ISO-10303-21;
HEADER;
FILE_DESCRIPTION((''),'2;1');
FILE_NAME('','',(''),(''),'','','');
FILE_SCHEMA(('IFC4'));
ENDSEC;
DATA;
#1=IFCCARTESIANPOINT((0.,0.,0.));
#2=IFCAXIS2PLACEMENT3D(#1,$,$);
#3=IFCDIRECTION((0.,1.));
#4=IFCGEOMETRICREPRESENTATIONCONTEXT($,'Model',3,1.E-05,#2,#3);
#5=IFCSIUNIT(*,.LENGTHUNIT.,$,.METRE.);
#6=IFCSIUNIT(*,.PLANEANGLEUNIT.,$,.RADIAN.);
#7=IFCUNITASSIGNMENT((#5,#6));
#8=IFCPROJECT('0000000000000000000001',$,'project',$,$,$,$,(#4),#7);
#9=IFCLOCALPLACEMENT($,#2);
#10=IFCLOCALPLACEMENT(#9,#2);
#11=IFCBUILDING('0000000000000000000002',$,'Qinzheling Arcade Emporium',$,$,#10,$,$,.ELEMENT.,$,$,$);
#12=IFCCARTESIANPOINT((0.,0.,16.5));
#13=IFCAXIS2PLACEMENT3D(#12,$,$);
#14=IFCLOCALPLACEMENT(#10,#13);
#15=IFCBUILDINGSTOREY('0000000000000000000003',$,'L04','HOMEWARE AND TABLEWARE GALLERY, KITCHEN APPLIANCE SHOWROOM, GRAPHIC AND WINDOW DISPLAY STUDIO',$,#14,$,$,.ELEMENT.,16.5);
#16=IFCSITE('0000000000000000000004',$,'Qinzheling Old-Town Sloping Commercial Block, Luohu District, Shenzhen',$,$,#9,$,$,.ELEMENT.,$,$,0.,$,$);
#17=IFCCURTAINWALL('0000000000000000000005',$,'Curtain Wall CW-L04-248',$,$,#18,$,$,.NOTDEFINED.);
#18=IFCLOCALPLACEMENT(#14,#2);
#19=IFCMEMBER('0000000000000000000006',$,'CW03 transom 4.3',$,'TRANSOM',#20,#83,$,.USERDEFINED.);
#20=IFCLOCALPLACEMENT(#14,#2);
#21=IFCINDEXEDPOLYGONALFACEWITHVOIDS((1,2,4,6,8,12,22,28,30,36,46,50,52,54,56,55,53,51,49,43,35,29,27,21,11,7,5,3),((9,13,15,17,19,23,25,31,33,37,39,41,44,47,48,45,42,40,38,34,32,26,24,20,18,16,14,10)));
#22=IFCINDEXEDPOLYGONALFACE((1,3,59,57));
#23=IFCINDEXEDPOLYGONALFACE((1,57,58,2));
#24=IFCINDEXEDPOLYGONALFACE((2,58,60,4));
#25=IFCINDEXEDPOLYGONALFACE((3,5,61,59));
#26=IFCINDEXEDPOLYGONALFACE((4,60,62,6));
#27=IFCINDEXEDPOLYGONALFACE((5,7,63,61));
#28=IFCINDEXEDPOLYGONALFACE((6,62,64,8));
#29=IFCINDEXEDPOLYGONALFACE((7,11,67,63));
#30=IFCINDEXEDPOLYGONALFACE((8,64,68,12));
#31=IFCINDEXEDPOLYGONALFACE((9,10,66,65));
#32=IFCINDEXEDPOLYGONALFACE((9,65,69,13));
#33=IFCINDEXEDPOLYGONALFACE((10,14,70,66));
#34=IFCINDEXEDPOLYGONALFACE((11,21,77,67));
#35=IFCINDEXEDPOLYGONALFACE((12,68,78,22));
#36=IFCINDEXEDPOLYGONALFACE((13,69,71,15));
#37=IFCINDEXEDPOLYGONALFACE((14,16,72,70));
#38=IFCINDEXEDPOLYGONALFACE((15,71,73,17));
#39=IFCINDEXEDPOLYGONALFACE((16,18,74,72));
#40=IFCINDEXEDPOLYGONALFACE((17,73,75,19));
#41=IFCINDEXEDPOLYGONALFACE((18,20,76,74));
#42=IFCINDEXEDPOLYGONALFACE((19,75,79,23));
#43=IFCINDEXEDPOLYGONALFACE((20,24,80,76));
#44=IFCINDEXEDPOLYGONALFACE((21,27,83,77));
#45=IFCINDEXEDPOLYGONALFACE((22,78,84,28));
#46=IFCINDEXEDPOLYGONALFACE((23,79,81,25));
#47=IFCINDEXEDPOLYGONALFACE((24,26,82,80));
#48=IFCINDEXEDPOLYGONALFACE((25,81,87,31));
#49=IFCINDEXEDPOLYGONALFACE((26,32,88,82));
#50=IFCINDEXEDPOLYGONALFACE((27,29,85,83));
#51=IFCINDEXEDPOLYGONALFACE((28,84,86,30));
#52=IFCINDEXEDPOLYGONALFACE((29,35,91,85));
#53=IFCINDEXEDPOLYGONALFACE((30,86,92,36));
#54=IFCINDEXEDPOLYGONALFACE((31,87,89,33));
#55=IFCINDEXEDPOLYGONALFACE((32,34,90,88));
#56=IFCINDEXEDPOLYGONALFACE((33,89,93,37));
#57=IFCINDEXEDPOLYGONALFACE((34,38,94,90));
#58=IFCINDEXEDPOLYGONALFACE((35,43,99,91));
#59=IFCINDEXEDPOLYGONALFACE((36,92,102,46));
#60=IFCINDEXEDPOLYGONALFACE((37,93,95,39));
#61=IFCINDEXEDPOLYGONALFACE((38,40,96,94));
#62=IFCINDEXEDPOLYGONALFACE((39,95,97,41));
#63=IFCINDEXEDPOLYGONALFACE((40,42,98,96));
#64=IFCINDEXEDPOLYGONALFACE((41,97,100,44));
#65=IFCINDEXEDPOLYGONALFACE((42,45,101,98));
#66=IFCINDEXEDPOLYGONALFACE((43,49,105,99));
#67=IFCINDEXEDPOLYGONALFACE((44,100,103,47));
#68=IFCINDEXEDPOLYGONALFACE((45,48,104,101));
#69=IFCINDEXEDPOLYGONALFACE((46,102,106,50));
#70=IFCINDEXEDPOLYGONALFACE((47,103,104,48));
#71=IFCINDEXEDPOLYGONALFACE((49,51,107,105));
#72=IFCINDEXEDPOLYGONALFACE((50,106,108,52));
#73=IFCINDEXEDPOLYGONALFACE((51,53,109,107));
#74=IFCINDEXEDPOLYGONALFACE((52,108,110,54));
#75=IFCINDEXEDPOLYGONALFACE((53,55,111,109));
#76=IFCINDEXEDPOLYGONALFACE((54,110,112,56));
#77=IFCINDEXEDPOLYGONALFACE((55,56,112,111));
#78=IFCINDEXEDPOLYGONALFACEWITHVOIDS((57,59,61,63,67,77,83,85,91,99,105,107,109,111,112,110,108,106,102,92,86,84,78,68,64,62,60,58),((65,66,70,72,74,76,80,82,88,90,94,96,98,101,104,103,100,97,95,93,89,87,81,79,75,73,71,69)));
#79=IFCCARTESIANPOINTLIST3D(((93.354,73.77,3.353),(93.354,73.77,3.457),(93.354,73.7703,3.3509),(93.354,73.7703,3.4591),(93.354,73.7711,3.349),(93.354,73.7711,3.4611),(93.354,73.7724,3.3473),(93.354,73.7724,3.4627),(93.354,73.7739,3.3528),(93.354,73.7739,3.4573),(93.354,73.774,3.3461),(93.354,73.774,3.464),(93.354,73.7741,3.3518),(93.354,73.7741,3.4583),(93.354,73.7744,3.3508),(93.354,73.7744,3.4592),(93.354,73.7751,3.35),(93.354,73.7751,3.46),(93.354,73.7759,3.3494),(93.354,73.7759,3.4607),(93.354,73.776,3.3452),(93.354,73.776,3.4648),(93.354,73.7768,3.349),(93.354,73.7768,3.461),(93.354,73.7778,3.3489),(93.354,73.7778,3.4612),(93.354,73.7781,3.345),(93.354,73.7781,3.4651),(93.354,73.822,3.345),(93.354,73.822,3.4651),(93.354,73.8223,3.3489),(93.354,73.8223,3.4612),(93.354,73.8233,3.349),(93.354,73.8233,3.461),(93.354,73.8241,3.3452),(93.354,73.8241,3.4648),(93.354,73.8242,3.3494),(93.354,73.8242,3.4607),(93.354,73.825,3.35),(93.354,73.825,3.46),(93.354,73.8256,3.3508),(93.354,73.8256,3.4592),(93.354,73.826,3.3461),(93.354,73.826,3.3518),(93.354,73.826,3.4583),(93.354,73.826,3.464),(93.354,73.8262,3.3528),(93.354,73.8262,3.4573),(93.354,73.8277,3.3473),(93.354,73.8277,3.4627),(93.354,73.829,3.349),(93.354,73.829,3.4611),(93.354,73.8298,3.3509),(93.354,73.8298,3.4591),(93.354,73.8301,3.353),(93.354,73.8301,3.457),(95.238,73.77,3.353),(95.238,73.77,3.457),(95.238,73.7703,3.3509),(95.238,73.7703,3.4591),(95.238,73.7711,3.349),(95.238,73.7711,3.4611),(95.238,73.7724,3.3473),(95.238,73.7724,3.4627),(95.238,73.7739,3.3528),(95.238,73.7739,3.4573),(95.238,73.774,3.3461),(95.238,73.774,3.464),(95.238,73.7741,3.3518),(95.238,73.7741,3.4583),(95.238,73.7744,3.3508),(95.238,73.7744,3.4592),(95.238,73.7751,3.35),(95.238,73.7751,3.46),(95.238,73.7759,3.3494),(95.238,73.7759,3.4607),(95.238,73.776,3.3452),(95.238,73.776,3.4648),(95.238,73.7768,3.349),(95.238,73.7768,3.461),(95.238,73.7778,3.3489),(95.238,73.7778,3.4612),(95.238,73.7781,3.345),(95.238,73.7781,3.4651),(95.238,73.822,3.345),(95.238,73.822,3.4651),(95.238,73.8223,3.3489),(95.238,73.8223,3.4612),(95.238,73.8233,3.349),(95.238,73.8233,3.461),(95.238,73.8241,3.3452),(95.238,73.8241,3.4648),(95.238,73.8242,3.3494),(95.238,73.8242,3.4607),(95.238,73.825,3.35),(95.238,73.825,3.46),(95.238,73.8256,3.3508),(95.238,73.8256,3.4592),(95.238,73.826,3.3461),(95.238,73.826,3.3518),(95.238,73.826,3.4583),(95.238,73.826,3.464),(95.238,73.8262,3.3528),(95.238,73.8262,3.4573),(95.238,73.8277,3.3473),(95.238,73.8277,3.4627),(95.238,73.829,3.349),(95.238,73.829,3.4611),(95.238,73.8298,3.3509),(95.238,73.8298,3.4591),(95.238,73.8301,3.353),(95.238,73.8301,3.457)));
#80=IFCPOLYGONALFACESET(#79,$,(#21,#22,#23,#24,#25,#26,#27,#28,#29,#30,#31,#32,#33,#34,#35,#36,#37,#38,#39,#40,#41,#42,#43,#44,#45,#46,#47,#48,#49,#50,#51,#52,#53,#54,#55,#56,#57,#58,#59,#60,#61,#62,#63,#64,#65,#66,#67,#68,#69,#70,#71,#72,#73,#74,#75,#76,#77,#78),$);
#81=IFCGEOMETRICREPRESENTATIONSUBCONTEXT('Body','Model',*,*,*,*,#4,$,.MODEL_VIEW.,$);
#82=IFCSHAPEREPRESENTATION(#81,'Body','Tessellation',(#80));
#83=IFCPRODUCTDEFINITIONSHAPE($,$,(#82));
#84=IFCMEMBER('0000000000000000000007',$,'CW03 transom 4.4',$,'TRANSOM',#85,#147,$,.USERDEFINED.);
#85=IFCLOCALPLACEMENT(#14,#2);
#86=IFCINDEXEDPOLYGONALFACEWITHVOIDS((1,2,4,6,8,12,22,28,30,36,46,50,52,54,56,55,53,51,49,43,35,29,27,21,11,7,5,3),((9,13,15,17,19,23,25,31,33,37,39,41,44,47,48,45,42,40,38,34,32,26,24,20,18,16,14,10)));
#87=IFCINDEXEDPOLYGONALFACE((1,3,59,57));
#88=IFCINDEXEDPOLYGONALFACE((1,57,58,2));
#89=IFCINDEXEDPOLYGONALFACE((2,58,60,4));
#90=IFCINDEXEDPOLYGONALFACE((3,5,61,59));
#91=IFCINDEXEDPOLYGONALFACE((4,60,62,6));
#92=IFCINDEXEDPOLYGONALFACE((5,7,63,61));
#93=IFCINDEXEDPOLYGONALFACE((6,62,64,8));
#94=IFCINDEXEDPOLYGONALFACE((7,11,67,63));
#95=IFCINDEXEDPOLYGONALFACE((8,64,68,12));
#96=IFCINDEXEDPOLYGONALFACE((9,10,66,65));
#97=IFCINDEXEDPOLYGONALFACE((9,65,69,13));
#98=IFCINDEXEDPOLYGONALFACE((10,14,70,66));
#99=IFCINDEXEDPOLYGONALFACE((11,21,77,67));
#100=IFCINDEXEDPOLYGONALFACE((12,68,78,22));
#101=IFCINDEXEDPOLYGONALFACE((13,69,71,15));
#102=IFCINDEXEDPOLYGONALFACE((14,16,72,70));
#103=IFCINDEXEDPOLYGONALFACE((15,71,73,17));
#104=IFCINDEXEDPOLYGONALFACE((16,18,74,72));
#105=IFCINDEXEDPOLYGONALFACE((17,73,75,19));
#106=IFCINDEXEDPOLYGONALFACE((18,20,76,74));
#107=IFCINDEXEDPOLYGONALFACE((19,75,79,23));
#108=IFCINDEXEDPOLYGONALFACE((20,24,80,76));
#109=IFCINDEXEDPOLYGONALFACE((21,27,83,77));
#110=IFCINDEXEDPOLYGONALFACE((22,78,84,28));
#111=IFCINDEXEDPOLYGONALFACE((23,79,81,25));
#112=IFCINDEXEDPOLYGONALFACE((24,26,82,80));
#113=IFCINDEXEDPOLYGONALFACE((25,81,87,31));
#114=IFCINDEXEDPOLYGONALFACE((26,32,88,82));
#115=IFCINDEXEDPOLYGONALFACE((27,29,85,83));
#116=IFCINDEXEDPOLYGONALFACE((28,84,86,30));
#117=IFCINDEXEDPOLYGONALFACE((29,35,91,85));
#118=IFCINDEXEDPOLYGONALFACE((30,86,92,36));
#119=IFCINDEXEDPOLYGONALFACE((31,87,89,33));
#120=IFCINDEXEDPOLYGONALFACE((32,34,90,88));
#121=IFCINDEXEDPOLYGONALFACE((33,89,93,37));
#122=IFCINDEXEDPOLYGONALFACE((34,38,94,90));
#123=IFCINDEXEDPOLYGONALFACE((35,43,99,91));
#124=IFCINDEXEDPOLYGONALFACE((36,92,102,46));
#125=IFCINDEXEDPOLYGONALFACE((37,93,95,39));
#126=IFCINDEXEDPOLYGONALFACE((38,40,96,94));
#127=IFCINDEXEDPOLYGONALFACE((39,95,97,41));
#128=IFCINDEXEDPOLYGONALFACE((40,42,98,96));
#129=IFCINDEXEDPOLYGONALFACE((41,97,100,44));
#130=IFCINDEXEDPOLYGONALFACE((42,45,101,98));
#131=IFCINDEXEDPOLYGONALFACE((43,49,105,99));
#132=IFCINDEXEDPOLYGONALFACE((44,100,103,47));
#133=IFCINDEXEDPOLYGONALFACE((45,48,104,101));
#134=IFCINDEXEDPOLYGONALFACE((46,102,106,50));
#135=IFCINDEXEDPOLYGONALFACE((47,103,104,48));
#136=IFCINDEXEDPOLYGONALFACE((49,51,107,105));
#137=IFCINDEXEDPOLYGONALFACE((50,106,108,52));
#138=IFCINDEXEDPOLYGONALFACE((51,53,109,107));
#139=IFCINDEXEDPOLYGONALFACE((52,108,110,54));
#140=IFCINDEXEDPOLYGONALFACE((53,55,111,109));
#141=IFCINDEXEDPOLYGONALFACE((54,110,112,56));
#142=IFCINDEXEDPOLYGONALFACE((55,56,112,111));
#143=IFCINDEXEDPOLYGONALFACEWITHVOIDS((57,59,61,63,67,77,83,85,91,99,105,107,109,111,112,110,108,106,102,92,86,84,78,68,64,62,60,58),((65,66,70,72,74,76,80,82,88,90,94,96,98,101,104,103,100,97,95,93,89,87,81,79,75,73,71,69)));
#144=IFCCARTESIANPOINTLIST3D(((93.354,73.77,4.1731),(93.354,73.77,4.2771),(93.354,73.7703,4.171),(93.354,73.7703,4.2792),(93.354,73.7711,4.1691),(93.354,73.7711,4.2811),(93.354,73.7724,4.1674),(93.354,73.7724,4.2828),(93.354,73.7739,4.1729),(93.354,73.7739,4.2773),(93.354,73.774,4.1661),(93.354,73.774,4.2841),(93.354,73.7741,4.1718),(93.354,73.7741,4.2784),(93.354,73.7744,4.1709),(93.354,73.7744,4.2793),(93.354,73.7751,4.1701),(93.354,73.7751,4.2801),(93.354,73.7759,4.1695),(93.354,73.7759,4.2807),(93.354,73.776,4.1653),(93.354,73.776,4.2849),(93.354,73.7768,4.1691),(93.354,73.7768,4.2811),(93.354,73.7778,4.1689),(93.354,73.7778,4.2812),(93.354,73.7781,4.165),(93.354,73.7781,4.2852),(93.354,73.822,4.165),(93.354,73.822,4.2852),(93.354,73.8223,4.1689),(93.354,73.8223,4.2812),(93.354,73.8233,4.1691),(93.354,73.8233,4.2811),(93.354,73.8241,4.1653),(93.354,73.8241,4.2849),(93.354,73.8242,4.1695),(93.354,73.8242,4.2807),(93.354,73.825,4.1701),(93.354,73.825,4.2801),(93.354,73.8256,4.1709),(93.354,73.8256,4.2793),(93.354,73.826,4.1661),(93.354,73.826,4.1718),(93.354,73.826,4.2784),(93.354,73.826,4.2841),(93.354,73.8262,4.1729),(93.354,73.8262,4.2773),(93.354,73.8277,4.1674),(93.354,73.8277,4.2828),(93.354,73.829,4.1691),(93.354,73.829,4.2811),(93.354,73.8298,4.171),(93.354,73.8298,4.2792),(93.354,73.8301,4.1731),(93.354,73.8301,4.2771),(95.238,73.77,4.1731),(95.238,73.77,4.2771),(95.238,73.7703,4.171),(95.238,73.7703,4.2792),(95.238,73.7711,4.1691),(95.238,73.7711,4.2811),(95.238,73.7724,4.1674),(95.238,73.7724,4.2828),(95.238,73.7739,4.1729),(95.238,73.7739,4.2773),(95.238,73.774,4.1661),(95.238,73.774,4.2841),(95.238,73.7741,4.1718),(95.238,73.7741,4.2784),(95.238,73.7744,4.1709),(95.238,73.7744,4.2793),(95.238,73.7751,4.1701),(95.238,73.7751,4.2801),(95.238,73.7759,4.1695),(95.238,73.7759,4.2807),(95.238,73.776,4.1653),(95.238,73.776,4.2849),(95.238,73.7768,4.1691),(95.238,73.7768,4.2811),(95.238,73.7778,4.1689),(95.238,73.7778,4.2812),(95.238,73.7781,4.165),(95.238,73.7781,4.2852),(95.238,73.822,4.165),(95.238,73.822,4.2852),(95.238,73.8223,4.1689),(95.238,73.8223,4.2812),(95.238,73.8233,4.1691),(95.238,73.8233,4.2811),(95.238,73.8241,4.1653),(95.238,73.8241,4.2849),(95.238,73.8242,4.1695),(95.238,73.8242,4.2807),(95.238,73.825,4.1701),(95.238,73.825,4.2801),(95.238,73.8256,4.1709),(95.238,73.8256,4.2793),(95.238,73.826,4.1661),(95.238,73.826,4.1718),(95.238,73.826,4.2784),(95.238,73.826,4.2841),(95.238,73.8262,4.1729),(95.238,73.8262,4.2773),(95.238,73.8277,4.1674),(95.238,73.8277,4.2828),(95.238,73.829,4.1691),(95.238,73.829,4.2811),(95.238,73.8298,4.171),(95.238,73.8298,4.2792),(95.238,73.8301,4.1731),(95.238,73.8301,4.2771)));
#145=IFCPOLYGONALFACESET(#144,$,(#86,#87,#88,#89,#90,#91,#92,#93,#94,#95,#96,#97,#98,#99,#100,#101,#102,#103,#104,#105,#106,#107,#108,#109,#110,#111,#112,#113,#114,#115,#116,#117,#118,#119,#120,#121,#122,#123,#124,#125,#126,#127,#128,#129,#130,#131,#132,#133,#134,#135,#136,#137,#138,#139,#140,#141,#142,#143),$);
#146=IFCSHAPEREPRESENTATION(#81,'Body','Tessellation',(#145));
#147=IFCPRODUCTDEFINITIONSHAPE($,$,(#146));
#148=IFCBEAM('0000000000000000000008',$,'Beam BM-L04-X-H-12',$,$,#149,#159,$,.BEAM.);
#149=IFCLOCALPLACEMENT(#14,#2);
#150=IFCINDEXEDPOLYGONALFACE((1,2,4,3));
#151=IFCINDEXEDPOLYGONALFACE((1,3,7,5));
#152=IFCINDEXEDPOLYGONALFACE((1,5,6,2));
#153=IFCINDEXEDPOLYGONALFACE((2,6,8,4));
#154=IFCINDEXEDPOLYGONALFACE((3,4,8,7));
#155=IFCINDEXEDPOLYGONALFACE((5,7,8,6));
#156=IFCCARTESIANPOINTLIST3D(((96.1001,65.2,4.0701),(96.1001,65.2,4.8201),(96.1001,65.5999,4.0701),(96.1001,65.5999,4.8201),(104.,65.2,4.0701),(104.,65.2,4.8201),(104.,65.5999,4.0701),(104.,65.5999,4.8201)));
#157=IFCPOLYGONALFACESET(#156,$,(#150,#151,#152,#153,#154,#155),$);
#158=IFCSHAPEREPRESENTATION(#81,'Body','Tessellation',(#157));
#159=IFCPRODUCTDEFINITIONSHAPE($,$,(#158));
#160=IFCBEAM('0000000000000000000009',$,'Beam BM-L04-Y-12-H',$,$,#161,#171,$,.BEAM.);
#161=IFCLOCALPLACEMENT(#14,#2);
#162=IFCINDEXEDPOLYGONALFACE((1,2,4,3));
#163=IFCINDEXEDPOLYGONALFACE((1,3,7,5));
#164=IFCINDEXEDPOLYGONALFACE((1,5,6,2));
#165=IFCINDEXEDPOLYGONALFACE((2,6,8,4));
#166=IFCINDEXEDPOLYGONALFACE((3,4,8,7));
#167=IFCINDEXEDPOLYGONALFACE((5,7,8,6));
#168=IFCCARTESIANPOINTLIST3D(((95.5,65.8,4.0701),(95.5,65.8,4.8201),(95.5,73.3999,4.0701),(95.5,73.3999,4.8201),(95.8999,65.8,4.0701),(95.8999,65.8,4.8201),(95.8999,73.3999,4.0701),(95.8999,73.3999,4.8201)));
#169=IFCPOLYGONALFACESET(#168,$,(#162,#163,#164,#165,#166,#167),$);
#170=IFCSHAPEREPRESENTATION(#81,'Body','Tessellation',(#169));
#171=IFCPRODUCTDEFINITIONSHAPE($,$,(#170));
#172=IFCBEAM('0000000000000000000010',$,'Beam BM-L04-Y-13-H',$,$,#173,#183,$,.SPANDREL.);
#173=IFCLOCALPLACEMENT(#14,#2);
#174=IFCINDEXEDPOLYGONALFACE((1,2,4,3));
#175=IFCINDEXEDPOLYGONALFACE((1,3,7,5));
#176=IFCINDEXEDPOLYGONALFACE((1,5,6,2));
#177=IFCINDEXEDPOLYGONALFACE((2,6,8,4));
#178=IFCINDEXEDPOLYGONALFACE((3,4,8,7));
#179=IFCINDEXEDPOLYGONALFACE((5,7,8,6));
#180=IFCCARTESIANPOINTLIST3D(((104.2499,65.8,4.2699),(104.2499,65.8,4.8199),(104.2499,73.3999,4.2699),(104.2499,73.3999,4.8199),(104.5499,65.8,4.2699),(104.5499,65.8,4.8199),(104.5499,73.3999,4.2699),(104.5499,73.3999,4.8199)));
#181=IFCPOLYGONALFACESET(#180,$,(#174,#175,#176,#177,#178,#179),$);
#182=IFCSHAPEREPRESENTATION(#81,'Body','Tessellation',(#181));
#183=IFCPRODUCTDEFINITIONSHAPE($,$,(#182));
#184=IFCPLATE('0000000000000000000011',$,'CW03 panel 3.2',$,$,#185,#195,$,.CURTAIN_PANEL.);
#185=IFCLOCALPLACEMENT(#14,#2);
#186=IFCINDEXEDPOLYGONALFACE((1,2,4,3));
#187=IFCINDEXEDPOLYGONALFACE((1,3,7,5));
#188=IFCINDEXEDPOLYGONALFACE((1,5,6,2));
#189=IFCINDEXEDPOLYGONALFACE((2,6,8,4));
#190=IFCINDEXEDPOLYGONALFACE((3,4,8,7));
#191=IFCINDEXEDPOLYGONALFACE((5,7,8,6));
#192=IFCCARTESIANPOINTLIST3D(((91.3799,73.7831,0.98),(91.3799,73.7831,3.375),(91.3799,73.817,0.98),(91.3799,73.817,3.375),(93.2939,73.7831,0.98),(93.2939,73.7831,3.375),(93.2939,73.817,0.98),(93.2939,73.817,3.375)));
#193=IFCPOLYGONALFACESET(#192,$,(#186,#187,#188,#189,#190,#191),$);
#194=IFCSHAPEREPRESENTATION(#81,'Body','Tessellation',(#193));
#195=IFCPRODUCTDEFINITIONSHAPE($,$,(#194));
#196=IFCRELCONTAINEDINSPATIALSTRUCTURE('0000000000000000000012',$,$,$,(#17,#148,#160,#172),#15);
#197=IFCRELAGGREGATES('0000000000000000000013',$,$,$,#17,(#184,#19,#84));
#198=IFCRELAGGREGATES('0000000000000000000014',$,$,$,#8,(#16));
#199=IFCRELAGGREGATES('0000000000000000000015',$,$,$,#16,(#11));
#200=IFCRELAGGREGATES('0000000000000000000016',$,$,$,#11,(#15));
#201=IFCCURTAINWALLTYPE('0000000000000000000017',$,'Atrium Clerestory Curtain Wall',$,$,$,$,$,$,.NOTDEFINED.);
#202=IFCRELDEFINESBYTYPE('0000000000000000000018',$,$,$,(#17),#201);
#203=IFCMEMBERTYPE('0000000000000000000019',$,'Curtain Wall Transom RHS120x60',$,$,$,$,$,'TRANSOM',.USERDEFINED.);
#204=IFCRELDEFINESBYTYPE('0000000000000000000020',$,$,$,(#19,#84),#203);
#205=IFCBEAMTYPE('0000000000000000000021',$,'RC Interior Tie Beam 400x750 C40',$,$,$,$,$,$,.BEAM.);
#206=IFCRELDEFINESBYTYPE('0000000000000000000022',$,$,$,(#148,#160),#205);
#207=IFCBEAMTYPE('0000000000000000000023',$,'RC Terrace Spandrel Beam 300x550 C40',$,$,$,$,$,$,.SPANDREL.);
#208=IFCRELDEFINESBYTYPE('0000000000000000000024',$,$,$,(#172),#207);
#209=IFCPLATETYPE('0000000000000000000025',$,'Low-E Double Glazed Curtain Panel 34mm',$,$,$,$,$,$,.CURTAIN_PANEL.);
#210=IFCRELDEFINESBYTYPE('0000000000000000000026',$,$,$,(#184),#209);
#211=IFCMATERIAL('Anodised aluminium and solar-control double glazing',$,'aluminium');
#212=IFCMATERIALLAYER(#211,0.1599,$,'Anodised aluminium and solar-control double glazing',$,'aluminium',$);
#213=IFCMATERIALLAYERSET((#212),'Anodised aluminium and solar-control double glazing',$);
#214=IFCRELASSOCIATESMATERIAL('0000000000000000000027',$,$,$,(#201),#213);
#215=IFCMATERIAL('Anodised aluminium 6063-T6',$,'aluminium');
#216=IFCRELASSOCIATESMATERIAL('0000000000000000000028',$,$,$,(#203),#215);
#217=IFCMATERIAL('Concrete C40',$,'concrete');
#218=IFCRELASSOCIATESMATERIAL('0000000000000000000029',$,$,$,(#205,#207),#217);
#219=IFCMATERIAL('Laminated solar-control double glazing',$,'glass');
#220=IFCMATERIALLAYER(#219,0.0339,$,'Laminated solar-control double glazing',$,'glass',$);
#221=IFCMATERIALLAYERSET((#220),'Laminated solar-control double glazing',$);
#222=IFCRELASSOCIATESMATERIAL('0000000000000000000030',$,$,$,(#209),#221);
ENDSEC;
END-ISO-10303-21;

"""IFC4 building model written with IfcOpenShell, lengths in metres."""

from ifc_helpers import new_model, si_unit, direction, frame, origin, origin_2d, place, context, subcontext, project, spatial, rectangle, hollow_rectangle, extrude, material, layer, layer_set, material_profile, profile_set, type_object, element, aggregate, save


model = new_model("IFC4")

# Units and contexts
model_context = context("Model", 3, precision=1e-05, world=origin(), true_north=direction((0.0, 1.0)))
body_context = subcontext(model_context, "Body", "Model", "MODEL_VIEW")
ifc_project = project(units=[si_unit("LENGTHUNIT", "METRE"), si_unit("PLANEANGLEUNIT", "RADIAN")], contexts=[model_context])

# Site, building, storey
site_placement = place(None, origin())
site = spatial("IfcSite", under=ifc_project, at=site_placement, Name="Qinzheling Old-Town Sloping Commercial Block, Luohu District, Shenzhen", CompositionType="ELEMENT", RefElevation=0.0)
building_placement = place(site_placement, origin())
building = spatial("IfcBuilding", under=site, at=building_placement, Name="Qinzheling Arcade Emporium", CompositionType="ELEMENT")
storey_placement = place(building_placement, frame((0.0, 0.0, 16.5)))
storey = spatial("IfcBuildingStorey", under=building, at=storey_placement, Name="L04", Description="HOMEWARE AND TABLEWARE GALLERY, KITCHEN APPLIANCE SHOWROOM, GRAPHIC AND WINDOW DISPLAY STUDIO", CompositionType="ELEMENT", Elevation=16.5)

# Shared definitions
ifc_material_1 = material(Name="Concrete C40", Category="concrete")

# Curtain wall
ifc_material_2 = material(Name="Anodised aluminium and solar-control double glazing", Category="aluminium")
ifc_layer_1 = layer(ifc_material_2, 0.1599, Name="Anodised aluminium and solar-control double glazing", Category="aluminium")
ifc_layer_set_1 = layer_set([ifc_layer_1], Name="Anodised aluminium and solar-control double glazing")
curtain_wall_type = type_object("IfcCurtainWallType", Name="Atrium Clerestory Curtain Wall", PredefinedType="NOTDEFINED", material=ifc_layer_set_1)
curtain_wall_1_placement = place(storey_placement, origin())
curtain_wall_1 = element("IfcCurtainWall", 1, at=curtain_wall_1_placement, inside=storey, type_object=curtain_wall_type, Name="Curtain Wall CW-L04-248", PredefinedType="NOTDEFINED")
ifc_material_3 = material(Name="Anodised aluminium 6063-T6", Category="aluminium")

# Members
ifc_material_profile_1 = material_profile(ifc_material_3, hollow_rectangle(XDim=0.0601, YDim=0.1201, WallThickness=0.0039, InnerFilletRadius=0.0039, OuterFilletRadius=0.0081, at=origin_2d()), Name="RHS 120x60x4", Category="aluminium")
ifc_profile_set_1 = profile_set([ifc_material_profile_1], Name="Anodised aluminium 6063-T6")
member_type_1 = type_object("IfcMemberType", Name="Curtain Wall Transom RHS120x60", ElementType="TRANSOM", PredefinedType="USERDEFINED", material=ifc_profile_set_1)
member_1_placement = place(storey_placement, frame((93.354, 73.8, 3.405), z_axis=(1.0, 0.0, 0.0), x_axis=(0.0, 1.0, 0.0)))
member_1 = element("IfcMember", 2, at=member_1_placement, type_object=member_type_1, Name="CW03 transom 4.3", ObjectType="TRANSOM", PredefinedType="USERDEFINED", context=body_context, shape_type="SweptSolid", body=[
    extrude(hollow_rectangle(XDim=0.0601, YDim=0.1201, WallThickness=0.0039, InnerFilletRadius=0.0039, OuterFilletRadius=0.0081, at=origin_2d()), origin(), (0.0, 0.0, 1.0), 1.884),
])
member_2_placement = place(storey_placement, frame((93.354, 73.8, 4.2251), z_axis=(1.0, 0.0, 0.0), x_axis=(0.0, 1.0, 0.0)))
member_2 = element("IfcMember", 3, at=member_2_placement, type_object=member_type_1, Name="CW03 transom 4.4", ObjectType="TRANSOM", PredefinedType="USERDEFINED", context=body_context, shape_type="SweptSolid", body=[
    extrude(hollow_rectangle(XDim=0.0601, YDim=0.1201, WallThickness=0.0039, InnerFilletRadius=0.0039, OuterFilletRadius=0.0081, at=origin_2d()), origin(), (0.0, 0.0, 1.0), 1.884),
])

# Beams
ifc_material_profile_2 = material_profile(ifc_material_1, rectangle(XDim=0.3999, YDim=0.75, at=origin_2d()), Name="RC 400x750", Category="concrete")
ifc_profile_set_2 = profile_set([ifc_material_profile_2], Name="Concrete C40")
beam_type_1 = type_object("IfcBeamType", Name="RC Interior Tie Beam 400x750 C40", PredefinedType="BEAM", material=ifc_profile_set_2)
beam_1_placement = place(storey_placement, frame((96.1001, 65.3999, 4.4451), z_axis=(1.0, 0.0, 0.0), x_axis=(0.0, 1.0, 0.0)))
element("IfcBeam", 4, at=beam_1_placement, inside=storey, type_object=beam_type_1, Name="Beam BM-L04-X-H-12", PredefinedType="BEAM", context=body_context, shape_type="SweptSolid", body=[
    extrude(rectangle(XDim=0.3999, YDim=0.75, at=origin_2d()), origin(), (0.0, 0.0, 1.0), 7.8999),
])
beam_2_placement = place(storey_placement, frame((95.7, 65.8, 4.4451), z_axis=(0.0, 1.0, 0.0), x_axis=(-1.0, 0.0, 0.0)))
element("IfcBeam", 5, at=beam_2_placement, inside=storey, type_object=beam_type_1, Name="Beam BM-L04-Y-12-H", PredefinedType="BEAM", context=body_context, shape_type="SweptSolid", body=[
    extrude(rectangle(XDim=0.3999, YDim=0.75, at=origin_2d()), origin(), (0.0, 0.0, 1.0), 7.5999),
])
ifc_material_profile_3 = material_profile(ifc_material_1, rectangle(XDim=0.3, YDim=0.55, at=origin_2d()), Name="RC 300x550", Category="concrete")
ifc_profile_set_3 = profile_set([ifc_material_profile_3], Name="Concrete C40")
beam_type_2 = type_object("IfcBeamType", Name="RC Terrace Spandrel Beam 300x550 C40", PredefinedType="SPANDREL", material=ifc_profile_set_3)
beam_3_placement = place(storey_placement, frame((104.3999, 65.8, 4.5449), z_axis=(0.0, 1.0, 0.0), x_axis=(-1.0, 0.0, 0.0)))
element("IfcBeam", 6, at=beam_3_placement, inside=storey, type_object=beam_type_2, Name="Beam BM-L04-Y-13-H", PredefinedType="SPANDREL", context=body_context, shape_type="SweptSolid", body=[
    extrude(rectangle(XDim=0.3, YDim=0.55, at=origin_2d()), origin(), (0.0, 0.0, 1.0), 7.5999),
])

# Plate
ifc_material_4 = material(Name="Laminated solar-control double glazing", Category="glass")
ifc_layer_2 = layer(ifc_material_4, 0.0339, Name="Laminated solar-control double glazing", Category="glass")
ifc_layer_set_2 = layer_set([ifc_layer_2], Name="Laminated solar-control double glazing")
plate_type_1 = type_object("IfcPlateType", Name="Low-E Double Glazed Curtain Panel 34mm", PredefinedType="CURTAIN_PANEL", material=ifc_layer_set_2)
plate_1_placement = place(storey_placement, frame((92.3369, 73.8, 0.98), z_axis=(0.0, 0.0, 1.0), x_axis=(1.0, 0.0, 0.0)))
plate_1 = element("IfcPlate", 7, at=plate_1_placement, type_object=plate_type_1, Name="CW03 panel 3.2", PredefinedType="CURTAIN_PANEL", context=body_context, shape_type="SweptSolid", body=[
    extrude(rectangle(XDim=1.9141, YDim=0.0339, at=origin_2d()), origin(), (0.0, 0.0, 1.0), 2.395),
])
aggregate(curtain_wall_1, [plate_1, member_1, member_2])

save(model, "model.ifc")
